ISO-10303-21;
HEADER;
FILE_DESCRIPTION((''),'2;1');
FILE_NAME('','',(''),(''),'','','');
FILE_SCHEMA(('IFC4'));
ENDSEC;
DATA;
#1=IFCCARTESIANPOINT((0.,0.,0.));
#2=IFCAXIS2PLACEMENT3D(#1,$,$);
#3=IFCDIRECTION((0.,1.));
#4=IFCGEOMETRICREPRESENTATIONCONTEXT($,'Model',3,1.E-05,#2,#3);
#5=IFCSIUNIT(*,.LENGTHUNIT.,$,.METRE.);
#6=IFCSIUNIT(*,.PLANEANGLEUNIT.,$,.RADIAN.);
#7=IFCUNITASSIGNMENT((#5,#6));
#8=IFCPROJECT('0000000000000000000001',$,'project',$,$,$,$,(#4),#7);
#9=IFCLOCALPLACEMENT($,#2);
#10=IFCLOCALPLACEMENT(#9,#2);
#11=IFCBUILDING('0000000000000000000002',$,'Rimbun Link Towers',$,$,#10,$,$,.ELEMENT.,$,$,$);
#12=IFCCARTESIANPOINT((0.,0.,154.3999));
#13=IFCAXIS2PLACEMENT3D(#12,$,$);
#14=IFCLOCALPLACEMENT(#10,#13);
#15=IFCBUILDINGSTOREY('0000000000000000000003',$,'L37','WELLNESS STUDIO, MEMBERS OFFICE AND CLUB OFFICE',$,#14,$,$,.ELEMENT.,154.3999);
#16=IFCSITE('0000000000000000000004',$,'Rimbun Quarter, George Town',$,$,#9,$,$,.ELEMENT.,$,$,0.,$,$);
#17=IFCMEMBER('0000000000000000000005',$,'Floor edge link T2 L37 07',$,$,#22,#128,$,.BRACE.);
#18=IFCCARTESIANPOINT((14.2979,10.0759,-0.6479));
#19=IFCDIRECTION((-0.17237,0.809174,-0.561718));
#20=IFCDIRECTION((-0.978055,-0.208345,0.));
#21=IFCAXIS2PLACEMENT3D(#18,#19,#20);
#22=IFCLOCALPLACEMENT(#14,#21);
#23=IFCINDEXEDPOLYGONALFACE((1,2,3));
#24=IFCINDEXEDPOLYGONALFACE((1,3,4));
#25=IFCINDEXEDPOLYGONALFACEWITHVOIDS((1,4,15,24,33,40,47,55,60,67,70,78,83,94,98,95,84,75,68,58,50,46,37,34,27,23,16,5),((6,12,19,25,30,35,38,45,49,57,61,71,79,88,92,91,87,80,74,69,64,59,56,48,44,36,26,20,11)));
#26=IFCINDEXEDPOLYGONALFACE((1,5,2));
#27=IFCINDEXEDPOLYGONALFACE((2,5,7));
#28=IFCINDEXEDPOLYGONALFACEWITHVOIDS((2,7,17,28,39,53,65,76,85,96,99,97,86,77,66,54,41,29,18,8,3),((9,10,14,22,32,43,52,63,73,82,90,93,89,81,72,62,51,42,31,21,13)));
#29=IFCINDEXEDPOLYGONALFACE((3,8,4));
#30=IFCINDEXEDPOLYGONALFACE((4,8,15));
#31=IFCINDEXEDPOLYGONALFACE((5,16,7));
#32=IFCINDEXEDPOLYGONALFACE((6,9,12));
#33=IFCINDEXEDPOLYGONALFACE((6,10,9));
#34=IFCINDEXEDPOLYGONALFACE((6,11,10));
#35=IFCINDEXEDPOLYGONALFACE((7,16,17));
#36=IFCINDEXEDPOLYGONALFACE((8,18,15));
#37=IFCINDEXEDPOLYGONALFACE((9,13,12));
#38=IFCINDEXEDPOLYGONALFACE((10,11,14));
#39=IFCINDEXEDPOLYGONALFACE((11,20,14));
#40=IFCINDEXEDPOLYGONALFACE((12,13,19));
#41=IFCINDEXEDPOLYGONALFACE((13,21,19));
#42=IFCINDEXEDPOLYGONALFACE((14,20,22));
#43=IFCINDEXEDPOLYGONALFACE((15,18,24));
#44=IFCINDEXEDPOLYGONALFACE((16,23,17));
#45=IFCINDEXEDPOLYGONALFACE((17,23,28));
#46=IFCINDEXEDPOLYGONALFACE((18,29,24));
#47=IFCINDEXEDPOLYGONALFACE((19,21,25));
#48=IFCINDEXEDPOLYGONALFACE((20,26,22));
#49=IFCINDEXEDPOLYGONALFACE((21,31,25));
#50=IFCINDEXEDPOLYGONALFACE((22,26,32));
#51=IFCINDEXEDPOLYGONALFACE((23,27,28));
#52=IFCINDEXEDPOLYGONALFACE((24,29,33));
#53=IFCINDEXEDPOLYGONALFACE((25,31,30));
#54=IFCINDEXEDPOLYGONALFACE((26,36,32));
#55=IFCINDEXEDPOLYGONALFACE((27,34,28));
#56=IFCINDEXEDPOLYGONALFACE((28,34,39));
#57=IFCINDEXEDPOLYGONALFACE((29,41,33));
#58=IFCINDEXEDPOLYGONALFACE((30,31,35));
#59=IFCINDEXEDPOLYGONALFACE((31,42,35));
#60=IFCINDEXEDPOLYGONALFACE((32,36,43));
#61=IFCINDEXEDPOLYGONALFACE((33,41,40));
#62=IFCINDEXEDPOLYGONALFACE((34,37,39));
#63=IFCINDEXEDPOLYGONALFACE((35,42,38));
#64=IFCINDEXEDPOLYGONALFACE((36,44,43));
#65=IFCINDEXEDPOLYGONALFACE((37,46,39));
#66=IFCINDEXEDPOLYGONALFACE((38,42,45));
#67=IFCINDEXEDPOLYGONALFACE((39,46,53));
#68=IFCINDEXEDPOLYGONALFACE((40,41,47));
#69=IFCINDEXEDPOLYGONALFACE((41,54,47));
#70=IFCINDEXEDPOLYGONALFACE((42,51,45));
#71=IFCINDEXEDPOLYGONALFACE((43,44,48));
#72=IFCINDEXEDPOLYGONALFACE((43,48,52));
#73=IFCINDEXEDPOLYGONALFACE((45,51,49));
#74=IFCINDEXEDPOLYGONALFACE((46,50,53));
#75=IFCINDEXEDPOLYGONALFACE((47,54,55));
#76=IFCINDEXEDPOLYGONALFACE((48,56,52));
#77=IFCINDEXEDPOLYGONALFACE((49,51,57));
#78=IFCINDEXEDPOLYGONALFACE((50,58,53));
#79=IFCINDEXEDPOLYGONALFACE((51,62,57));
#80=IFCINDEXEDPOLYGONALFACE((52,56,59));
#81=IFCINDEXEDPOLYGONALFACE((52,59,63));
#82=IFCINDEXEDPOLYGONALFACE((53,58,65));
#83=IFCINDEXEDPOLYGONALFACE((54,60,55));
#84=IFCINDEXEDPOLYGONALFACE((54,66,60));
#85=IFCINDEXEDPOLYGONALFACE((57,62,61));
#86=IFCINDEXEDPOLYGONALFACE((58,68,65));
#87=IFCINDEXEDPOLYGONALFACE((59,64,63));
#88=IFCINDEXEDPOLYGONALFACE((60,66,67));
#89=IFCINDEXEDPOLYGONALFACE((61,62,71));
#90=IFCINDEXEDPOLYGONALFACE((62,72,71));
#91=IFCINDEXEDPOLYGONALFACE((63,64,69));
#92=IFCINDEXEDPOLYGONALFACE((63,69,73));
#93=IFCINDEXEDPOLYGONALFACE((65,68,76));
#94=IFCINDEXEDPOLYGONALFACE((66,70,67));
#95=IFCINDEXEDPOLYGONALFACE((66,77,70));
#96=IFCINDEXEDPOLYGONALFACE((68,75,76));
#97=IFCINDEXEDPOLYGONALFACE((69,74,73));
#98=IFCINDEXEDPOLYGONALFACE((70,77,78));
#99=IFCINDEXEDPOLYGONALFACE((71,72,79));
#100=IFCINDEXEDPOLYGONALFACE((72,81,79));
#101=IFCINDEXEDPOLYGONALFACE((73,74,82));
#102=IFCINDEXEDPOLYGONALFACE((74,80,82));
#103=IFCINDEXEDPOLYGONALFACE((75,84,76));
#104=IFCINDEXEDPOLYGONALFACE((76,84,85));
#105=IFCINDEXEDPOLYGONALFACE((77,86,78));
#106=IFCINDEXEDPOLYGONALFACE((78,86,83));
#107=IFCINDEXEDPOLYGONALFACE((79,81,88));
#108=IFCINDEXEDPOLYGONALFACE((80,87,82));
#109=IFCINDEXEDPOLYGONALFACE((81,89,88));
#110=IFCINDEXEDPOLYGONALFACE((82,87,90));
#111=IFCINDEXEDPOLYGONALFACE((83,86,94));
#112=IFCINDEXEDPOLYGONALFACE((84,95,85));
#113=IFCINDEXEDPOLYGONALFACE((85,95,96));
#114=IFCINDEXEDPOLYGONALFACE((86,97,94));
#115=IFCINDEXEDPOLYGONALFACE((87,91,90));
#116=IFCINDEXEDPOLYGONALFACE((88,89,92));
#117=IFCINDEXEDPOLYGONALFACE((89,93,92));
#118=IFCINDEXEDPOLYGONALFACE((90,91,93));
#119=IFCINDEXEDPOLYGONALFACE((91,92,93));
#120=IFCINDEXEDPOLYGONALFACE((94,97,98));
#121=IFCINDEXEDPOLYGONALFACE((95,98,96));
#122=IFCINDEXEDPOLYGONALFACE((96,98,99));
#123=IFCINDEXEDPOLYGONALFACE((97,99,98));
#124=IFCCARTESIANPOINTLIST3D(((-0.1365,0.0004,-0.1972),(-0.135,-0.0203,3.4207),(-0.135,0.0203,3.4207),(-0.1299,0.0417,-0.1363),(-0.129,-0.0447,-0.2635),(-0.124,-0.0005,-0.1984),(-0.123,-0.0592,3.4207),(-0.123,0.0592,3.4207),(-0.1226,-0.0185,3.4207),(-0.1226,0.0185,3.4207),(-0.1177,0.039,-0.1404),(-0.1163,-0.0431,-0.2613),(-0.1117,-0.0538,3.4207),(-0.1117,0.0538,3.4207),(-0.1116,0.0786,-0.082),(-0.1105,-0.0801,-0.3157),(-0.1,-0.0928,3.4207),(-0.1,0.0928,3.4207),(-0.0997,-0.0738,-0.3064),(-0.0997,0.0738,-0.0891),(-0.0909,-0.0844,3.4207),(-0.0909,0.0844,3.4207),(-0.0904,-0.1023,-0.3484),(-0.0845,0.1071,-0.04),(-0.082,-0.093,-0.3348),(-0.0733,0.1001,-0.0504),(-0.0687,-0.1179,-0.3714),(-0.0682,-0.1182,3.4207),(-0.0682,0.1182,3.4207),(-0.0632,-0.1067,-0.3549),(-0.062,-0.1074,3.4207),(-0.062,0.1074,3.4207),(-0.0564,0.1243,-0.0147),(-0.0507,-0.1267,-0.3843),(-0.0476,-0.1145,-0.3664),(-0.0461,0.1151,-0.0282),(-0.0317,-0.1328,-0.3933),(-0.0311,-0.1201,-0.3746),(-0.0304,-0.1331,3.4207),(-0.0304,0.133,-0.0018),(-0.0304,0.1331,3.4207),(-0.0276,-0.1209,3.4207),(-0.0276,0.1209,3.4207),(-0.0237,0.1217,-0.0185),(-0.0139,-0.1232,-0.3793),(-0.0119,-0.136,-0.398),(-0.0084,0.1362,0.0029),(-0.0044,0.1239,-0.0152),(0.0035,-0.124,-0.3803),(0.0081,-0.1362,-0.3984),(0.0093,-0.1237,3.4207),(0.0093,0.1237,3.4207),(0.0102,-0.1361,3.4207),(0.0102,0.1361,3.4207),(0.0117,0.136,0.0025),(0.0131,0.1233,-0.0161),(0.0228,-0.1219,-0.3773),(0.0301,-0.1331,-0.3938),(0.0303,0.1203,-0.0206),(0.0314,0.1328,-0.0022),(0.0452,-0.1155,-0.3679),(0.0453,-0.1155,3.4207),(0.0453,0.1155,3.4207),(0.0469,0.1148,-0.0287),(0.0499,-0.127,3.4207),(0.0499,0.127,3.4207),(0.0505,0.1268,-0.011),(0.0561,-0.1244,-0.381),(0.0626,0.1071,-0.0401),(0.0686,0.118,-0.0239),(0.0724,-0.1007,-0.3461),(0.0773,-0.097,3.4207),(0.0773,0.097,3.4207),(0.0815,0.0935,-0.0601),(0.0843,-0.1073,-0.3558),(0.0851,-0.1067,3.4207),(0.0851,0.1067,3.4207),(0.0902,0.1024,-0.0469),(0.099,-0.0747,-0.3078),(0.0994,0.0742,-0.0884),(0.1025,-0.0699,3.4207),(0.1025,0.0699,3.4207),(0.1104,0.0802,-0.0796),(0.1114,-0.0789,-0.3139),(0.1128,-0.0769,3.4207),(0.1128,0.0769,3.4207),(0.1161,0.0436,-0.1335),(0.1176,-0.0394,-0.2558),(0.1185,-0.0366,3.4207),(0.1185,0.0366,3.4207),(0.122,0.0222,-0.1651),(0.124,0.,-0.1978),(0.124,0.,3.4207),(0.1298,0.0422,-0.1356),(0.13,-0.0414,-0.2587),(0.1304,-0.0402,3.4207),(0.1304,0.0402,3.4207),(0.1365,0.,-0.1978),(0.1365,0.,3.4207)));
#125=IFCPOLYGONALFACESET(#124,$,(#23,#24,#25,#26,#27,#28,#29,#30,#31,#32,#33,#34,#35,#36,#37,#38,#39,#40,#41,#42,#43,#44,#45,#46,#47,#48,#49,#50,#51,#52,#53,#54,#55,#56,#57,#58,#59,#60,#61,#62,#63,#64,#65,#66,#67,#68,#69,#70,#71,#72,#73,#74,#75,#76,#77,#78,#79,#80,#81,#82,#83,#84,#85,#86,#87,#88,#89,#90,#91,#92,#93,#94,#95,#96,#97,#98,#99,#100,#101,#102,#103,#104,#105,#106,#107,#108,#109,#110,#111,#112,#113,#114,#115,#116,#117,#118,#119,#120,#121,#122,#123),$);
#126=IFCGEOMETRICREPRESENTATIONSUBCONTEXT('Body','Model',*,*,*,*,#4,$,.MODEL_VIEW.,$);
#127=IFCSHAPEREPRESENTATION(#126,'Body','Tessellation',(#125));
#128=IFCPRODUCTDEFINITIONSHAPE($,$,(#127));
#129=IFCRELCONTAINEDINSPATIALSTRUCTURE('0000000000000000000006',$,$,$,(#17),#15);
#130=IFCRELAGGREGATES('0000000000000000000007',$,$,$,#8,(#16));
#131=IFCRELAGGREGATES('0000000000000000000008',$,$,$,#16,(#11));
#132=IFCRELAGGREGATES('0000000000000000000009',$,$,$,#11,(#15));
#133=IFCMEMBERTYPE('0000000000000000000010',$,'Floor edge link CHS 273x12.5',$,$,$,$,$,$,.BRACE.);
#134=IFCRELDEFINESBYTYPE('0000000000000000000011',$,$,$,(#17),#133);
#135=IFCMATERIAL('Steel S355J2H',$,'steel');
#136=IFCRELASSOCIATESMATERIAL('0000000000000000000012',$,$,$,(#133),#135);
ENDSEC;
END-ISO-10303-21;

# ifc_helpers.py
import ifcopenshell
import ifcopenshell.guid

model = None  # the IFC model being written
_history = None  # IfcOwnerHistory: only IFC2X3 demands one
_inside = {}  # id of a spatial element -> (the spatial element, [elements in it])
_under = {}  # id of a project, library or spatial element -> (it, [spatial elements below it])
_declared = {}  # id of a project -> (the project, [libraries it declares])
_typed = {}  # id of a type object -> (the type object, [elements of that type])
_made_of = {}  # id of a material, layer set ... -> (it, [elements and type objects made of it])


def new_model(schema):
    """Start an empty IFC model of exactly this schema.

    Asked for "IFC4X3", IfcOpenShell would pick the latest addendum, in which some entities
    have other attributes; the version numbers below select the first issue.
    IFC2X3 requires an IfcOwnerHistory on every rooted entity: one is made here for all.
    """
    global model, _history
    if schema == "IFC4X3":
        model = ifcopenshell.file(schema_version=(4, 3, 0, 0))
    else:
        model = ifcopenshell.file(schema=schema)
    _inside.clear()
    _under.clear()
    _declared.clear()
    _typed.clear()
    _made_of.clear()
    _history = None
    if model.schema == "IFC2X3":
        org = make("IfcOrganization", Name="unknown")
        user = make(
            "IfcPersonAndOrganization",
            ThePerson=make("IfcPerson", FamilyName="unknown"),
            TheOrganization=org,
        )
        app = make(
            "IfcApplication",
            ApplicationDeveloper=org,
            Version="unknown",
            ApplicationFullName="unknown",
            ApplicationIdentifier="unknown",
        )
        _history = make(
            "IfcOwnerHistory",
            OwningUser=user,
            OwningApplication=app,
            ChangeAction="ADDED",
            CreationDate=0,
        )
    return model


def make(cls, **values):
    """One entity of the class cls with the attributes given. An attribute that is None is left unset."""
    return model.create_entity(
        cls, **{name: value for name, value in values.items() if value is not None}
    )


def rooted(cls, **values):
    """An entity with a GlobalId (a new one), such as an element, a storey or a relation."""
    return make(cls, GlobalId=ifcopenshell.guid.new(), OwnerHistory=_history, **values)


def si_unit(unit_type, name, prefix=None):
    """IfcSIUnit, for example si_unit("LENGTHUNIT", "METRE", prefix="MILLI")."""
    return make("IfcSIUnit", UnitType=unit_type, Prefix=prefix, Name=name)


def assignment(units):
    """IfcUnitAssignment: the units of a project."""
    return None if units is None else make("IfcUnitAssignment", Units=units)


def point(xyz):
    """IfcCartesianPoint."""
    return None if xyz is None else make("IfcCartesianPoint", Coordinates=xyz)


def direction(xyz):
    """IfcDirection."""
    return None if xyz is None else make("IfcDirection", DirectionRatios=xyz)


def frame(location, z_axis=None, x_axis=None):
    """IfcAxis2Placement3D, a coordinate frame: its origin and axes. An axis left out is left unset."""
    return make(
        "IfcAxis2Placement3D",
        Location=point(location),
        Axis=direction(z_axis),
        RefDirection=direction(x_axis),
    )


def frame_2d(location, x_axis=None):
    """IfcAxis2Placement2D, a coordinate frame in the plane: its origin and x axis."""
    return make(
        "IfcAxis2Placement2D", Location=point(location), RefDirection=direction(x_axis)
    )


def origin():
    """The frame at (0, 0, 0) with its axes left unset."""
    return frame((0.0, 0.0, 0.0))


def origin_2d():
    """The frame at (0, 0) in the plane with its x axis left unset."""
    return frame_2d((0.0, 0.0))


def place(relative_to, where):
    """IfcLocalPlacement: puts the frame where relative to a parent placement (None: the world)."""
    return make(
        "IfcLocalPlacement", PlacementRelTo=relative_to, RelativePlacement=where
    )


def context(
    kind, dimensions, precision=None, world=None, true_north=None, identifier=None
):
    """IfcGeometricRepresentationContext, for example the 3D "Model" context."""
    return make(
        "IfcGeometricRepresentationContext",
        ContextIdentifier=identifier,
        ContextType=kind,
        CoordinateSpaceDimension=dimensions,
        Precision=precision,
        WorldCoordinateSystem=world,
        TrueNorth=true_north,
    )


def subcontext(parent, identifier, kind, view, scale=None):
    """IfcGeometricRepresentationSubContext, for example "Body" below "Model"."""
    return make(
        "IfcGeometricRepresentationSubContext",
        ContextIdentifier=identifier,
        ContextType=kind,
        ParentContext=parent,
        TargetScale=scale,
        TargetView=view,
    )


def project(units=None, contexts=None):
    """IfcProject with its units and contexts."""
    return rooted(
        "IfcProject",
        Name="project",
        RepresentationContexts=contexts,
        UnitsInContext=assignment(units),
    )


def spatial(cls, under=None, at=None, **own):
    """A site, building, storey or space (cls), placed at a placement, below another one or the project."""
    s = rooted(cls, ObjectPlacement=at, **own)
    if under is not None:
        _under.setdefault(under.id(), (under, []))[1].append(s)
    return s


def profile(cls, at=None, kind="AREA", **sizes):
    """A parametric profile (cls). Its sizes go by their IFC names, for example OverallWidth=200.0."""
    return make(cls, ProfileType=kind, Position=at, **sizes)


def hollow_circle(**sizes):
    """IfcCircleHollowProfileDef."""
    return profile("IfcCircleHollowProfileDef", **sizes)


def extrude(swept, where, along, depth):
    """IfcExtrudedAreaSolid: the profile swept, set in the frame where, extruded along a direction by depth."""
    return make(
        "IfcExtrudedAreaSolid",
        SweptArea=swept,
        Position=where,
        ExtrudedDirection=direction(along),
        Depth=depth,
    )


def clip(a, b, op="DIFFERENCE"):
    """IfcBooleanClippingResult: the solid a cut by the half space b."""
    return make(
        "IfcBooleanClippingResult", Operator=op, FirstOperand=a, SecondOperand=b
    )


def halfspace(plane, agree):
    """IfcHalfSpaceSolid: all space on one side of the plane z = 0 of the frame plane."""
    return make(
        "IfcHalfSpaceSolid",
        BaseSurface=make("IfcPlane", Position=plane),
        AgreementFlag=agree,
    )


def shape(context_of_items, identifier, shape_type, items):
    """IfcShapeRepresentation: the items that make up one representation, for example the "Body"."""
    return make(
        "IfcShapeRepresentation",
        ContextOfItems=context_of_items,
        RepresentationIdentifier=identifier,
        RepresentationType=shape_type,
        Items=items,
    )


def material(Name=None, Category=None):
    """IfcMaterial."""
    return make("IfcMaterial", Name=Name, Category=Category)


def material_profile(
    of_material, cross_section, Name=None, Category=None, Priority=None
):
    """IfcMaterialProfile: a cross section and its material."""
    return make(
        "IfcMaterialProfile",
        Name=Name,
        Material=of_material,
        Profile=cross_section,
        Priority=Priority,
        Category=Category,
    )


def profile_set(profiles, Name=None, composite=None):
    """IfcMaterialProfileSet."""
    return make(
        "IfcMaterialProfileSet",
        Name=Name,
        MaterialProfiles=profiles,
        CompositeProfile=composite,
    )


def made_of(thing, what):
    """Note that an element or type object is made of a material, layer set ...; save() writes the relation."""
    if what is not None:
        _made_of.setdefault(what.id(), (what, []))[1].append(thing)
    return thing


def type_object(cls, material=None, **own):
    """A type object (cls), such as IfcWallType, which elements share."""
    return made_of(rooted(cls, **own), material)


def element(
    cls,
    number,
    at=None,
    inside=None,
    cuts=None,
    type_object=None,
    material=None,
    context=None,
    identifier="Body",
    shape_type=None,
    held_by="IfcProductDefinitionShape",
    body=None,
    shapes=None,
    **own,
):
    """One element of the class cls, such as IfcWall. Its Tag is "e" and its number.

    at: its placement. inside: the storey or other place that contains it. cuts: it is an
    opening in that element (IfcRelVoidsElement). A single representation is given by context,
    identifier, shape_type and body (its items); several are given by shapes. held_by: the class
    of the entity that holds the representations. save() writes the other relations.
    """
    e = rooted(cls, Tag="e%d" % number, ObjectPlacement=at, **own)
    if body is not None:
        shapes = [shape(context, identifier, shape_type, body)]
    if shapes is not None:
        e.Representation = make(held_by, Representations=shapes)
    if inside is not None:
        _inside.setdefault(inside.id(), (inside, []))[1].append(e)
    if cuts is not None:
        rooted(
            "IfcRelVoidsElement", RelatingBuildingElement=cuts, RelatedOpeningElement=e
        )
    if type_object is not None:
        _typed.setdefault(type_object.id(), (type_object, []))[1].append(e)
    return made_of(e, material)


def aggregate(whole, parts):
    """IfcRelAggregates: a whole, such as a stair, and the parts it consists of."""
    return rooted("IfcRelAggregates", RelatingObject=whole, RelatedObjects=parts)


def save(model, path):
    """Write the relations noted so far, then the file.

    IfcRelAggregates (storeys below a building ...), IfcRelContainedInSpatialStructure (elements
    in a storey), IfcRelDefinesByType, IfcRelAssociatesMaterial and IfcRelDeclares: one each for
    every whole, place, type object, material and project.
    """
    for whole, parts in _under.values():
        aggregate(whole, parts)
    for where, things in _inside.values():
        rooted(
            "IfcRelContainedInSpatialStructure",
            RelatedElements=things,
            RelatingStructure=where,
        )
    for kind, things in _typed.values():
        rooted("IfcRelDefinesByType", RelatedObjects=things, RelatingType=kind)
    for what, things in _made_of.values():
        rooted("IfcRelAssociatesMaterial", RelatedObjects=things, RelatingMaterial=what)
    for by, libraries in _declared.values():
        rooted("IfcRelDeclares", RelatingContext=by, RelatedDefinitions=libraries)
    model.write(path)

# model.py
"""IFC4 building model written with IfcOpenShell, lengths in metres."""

from ifc_helpers import new_model, si_unit, direction, frame, origin, origin_2d, place, context, subcontext, project, spatial, hollow_circle, extrude, clip, halfspace, material, material_profile, profile_set, type_object, element, save


model = new_model("IFC4")

# Units and contexts
model_context = context("Model", 3, precision=1e-05, world=origin(), true_north=direction((0.0, 1.0)))
body_context = subcontext(model_context, "Body", "Model", "MODEL_VIEW")
ifc_project = project(units=[si_unit("LENGTHUNIT", "METRE"), si_unit("PLANEANGLEUNIT", "RADIAN")], contexts=[model_context])

# Site, building, storey
site_placement = place(None, origin())
site = spatial("IfcSite", under=ifc_project, at=site_placement, Name="Rimbun Quarter, George Town", CompositionType="ELEMENT", RefElevation=0.0)
building_placement = place(site_placement, origin())
building = spatial("IfcBuilding", under=site, at=building_placement, Name="Rimbun Link Towers", CompositionType="ELEMENT")
storey_placement = place(building_placement, frame((0.0, 0.0, 154.3999)))
storey = spatial("IfcBuildingStorey", under=building, at=storey_placement, Name="L37", Description="WELLNESS STUDIO, MEMBERS OFFICE AND CLUB OFFICE", CompositionType="ELEMENT", Elevation=154.3999)

# Member
ifc_material_1 = material(Name="Steel S355J2H", Category="steel")
ifc_material_profile_1 = material_profile(ifc_material_1, hollow_circle(Radius=0.1365, WallThickness=0.0125, at=origin_2d()), Name="CHS 273x12.5")
ifc_profile_set_1 = profile_set([ifc_material_profile_1], Name="Steel S355J2H")
member_type_1 = type_object("IfcMemberType", Name="Floor edge link CHS 273x12.5", PredefinedType="BRACE", material=ifc_profile_set_1)
member_1_placement = place(storey_placement, frame((14.2979, 10.0759, -0.6479), z_axis=(-0.17237, 0.809174, -0.561718), x_axis=(-0.978055, -0.208345, 0.0)))
element("IfcMember", 1, at=member_1_placement, inside=storey, type_object=member_type_1, Name="Floor edge link T2 L37 07", PredefinedType="BRACE", context=body_context, shape_type="Clipping", body=[
    clip(extrude(hollow_circle(Radius=0.1365, WallThickness=0.0125, at=origin_2d()), frame((0.0, 0.0, -0.4199)), (0.0, 0.0, 1.0), 3.8406), halfspace(frame((0.0, 0.0, -0.1978), z_axis=(0.0, 0.827329, -0.561718)), False)),
])

save(model, "model.ifc")
